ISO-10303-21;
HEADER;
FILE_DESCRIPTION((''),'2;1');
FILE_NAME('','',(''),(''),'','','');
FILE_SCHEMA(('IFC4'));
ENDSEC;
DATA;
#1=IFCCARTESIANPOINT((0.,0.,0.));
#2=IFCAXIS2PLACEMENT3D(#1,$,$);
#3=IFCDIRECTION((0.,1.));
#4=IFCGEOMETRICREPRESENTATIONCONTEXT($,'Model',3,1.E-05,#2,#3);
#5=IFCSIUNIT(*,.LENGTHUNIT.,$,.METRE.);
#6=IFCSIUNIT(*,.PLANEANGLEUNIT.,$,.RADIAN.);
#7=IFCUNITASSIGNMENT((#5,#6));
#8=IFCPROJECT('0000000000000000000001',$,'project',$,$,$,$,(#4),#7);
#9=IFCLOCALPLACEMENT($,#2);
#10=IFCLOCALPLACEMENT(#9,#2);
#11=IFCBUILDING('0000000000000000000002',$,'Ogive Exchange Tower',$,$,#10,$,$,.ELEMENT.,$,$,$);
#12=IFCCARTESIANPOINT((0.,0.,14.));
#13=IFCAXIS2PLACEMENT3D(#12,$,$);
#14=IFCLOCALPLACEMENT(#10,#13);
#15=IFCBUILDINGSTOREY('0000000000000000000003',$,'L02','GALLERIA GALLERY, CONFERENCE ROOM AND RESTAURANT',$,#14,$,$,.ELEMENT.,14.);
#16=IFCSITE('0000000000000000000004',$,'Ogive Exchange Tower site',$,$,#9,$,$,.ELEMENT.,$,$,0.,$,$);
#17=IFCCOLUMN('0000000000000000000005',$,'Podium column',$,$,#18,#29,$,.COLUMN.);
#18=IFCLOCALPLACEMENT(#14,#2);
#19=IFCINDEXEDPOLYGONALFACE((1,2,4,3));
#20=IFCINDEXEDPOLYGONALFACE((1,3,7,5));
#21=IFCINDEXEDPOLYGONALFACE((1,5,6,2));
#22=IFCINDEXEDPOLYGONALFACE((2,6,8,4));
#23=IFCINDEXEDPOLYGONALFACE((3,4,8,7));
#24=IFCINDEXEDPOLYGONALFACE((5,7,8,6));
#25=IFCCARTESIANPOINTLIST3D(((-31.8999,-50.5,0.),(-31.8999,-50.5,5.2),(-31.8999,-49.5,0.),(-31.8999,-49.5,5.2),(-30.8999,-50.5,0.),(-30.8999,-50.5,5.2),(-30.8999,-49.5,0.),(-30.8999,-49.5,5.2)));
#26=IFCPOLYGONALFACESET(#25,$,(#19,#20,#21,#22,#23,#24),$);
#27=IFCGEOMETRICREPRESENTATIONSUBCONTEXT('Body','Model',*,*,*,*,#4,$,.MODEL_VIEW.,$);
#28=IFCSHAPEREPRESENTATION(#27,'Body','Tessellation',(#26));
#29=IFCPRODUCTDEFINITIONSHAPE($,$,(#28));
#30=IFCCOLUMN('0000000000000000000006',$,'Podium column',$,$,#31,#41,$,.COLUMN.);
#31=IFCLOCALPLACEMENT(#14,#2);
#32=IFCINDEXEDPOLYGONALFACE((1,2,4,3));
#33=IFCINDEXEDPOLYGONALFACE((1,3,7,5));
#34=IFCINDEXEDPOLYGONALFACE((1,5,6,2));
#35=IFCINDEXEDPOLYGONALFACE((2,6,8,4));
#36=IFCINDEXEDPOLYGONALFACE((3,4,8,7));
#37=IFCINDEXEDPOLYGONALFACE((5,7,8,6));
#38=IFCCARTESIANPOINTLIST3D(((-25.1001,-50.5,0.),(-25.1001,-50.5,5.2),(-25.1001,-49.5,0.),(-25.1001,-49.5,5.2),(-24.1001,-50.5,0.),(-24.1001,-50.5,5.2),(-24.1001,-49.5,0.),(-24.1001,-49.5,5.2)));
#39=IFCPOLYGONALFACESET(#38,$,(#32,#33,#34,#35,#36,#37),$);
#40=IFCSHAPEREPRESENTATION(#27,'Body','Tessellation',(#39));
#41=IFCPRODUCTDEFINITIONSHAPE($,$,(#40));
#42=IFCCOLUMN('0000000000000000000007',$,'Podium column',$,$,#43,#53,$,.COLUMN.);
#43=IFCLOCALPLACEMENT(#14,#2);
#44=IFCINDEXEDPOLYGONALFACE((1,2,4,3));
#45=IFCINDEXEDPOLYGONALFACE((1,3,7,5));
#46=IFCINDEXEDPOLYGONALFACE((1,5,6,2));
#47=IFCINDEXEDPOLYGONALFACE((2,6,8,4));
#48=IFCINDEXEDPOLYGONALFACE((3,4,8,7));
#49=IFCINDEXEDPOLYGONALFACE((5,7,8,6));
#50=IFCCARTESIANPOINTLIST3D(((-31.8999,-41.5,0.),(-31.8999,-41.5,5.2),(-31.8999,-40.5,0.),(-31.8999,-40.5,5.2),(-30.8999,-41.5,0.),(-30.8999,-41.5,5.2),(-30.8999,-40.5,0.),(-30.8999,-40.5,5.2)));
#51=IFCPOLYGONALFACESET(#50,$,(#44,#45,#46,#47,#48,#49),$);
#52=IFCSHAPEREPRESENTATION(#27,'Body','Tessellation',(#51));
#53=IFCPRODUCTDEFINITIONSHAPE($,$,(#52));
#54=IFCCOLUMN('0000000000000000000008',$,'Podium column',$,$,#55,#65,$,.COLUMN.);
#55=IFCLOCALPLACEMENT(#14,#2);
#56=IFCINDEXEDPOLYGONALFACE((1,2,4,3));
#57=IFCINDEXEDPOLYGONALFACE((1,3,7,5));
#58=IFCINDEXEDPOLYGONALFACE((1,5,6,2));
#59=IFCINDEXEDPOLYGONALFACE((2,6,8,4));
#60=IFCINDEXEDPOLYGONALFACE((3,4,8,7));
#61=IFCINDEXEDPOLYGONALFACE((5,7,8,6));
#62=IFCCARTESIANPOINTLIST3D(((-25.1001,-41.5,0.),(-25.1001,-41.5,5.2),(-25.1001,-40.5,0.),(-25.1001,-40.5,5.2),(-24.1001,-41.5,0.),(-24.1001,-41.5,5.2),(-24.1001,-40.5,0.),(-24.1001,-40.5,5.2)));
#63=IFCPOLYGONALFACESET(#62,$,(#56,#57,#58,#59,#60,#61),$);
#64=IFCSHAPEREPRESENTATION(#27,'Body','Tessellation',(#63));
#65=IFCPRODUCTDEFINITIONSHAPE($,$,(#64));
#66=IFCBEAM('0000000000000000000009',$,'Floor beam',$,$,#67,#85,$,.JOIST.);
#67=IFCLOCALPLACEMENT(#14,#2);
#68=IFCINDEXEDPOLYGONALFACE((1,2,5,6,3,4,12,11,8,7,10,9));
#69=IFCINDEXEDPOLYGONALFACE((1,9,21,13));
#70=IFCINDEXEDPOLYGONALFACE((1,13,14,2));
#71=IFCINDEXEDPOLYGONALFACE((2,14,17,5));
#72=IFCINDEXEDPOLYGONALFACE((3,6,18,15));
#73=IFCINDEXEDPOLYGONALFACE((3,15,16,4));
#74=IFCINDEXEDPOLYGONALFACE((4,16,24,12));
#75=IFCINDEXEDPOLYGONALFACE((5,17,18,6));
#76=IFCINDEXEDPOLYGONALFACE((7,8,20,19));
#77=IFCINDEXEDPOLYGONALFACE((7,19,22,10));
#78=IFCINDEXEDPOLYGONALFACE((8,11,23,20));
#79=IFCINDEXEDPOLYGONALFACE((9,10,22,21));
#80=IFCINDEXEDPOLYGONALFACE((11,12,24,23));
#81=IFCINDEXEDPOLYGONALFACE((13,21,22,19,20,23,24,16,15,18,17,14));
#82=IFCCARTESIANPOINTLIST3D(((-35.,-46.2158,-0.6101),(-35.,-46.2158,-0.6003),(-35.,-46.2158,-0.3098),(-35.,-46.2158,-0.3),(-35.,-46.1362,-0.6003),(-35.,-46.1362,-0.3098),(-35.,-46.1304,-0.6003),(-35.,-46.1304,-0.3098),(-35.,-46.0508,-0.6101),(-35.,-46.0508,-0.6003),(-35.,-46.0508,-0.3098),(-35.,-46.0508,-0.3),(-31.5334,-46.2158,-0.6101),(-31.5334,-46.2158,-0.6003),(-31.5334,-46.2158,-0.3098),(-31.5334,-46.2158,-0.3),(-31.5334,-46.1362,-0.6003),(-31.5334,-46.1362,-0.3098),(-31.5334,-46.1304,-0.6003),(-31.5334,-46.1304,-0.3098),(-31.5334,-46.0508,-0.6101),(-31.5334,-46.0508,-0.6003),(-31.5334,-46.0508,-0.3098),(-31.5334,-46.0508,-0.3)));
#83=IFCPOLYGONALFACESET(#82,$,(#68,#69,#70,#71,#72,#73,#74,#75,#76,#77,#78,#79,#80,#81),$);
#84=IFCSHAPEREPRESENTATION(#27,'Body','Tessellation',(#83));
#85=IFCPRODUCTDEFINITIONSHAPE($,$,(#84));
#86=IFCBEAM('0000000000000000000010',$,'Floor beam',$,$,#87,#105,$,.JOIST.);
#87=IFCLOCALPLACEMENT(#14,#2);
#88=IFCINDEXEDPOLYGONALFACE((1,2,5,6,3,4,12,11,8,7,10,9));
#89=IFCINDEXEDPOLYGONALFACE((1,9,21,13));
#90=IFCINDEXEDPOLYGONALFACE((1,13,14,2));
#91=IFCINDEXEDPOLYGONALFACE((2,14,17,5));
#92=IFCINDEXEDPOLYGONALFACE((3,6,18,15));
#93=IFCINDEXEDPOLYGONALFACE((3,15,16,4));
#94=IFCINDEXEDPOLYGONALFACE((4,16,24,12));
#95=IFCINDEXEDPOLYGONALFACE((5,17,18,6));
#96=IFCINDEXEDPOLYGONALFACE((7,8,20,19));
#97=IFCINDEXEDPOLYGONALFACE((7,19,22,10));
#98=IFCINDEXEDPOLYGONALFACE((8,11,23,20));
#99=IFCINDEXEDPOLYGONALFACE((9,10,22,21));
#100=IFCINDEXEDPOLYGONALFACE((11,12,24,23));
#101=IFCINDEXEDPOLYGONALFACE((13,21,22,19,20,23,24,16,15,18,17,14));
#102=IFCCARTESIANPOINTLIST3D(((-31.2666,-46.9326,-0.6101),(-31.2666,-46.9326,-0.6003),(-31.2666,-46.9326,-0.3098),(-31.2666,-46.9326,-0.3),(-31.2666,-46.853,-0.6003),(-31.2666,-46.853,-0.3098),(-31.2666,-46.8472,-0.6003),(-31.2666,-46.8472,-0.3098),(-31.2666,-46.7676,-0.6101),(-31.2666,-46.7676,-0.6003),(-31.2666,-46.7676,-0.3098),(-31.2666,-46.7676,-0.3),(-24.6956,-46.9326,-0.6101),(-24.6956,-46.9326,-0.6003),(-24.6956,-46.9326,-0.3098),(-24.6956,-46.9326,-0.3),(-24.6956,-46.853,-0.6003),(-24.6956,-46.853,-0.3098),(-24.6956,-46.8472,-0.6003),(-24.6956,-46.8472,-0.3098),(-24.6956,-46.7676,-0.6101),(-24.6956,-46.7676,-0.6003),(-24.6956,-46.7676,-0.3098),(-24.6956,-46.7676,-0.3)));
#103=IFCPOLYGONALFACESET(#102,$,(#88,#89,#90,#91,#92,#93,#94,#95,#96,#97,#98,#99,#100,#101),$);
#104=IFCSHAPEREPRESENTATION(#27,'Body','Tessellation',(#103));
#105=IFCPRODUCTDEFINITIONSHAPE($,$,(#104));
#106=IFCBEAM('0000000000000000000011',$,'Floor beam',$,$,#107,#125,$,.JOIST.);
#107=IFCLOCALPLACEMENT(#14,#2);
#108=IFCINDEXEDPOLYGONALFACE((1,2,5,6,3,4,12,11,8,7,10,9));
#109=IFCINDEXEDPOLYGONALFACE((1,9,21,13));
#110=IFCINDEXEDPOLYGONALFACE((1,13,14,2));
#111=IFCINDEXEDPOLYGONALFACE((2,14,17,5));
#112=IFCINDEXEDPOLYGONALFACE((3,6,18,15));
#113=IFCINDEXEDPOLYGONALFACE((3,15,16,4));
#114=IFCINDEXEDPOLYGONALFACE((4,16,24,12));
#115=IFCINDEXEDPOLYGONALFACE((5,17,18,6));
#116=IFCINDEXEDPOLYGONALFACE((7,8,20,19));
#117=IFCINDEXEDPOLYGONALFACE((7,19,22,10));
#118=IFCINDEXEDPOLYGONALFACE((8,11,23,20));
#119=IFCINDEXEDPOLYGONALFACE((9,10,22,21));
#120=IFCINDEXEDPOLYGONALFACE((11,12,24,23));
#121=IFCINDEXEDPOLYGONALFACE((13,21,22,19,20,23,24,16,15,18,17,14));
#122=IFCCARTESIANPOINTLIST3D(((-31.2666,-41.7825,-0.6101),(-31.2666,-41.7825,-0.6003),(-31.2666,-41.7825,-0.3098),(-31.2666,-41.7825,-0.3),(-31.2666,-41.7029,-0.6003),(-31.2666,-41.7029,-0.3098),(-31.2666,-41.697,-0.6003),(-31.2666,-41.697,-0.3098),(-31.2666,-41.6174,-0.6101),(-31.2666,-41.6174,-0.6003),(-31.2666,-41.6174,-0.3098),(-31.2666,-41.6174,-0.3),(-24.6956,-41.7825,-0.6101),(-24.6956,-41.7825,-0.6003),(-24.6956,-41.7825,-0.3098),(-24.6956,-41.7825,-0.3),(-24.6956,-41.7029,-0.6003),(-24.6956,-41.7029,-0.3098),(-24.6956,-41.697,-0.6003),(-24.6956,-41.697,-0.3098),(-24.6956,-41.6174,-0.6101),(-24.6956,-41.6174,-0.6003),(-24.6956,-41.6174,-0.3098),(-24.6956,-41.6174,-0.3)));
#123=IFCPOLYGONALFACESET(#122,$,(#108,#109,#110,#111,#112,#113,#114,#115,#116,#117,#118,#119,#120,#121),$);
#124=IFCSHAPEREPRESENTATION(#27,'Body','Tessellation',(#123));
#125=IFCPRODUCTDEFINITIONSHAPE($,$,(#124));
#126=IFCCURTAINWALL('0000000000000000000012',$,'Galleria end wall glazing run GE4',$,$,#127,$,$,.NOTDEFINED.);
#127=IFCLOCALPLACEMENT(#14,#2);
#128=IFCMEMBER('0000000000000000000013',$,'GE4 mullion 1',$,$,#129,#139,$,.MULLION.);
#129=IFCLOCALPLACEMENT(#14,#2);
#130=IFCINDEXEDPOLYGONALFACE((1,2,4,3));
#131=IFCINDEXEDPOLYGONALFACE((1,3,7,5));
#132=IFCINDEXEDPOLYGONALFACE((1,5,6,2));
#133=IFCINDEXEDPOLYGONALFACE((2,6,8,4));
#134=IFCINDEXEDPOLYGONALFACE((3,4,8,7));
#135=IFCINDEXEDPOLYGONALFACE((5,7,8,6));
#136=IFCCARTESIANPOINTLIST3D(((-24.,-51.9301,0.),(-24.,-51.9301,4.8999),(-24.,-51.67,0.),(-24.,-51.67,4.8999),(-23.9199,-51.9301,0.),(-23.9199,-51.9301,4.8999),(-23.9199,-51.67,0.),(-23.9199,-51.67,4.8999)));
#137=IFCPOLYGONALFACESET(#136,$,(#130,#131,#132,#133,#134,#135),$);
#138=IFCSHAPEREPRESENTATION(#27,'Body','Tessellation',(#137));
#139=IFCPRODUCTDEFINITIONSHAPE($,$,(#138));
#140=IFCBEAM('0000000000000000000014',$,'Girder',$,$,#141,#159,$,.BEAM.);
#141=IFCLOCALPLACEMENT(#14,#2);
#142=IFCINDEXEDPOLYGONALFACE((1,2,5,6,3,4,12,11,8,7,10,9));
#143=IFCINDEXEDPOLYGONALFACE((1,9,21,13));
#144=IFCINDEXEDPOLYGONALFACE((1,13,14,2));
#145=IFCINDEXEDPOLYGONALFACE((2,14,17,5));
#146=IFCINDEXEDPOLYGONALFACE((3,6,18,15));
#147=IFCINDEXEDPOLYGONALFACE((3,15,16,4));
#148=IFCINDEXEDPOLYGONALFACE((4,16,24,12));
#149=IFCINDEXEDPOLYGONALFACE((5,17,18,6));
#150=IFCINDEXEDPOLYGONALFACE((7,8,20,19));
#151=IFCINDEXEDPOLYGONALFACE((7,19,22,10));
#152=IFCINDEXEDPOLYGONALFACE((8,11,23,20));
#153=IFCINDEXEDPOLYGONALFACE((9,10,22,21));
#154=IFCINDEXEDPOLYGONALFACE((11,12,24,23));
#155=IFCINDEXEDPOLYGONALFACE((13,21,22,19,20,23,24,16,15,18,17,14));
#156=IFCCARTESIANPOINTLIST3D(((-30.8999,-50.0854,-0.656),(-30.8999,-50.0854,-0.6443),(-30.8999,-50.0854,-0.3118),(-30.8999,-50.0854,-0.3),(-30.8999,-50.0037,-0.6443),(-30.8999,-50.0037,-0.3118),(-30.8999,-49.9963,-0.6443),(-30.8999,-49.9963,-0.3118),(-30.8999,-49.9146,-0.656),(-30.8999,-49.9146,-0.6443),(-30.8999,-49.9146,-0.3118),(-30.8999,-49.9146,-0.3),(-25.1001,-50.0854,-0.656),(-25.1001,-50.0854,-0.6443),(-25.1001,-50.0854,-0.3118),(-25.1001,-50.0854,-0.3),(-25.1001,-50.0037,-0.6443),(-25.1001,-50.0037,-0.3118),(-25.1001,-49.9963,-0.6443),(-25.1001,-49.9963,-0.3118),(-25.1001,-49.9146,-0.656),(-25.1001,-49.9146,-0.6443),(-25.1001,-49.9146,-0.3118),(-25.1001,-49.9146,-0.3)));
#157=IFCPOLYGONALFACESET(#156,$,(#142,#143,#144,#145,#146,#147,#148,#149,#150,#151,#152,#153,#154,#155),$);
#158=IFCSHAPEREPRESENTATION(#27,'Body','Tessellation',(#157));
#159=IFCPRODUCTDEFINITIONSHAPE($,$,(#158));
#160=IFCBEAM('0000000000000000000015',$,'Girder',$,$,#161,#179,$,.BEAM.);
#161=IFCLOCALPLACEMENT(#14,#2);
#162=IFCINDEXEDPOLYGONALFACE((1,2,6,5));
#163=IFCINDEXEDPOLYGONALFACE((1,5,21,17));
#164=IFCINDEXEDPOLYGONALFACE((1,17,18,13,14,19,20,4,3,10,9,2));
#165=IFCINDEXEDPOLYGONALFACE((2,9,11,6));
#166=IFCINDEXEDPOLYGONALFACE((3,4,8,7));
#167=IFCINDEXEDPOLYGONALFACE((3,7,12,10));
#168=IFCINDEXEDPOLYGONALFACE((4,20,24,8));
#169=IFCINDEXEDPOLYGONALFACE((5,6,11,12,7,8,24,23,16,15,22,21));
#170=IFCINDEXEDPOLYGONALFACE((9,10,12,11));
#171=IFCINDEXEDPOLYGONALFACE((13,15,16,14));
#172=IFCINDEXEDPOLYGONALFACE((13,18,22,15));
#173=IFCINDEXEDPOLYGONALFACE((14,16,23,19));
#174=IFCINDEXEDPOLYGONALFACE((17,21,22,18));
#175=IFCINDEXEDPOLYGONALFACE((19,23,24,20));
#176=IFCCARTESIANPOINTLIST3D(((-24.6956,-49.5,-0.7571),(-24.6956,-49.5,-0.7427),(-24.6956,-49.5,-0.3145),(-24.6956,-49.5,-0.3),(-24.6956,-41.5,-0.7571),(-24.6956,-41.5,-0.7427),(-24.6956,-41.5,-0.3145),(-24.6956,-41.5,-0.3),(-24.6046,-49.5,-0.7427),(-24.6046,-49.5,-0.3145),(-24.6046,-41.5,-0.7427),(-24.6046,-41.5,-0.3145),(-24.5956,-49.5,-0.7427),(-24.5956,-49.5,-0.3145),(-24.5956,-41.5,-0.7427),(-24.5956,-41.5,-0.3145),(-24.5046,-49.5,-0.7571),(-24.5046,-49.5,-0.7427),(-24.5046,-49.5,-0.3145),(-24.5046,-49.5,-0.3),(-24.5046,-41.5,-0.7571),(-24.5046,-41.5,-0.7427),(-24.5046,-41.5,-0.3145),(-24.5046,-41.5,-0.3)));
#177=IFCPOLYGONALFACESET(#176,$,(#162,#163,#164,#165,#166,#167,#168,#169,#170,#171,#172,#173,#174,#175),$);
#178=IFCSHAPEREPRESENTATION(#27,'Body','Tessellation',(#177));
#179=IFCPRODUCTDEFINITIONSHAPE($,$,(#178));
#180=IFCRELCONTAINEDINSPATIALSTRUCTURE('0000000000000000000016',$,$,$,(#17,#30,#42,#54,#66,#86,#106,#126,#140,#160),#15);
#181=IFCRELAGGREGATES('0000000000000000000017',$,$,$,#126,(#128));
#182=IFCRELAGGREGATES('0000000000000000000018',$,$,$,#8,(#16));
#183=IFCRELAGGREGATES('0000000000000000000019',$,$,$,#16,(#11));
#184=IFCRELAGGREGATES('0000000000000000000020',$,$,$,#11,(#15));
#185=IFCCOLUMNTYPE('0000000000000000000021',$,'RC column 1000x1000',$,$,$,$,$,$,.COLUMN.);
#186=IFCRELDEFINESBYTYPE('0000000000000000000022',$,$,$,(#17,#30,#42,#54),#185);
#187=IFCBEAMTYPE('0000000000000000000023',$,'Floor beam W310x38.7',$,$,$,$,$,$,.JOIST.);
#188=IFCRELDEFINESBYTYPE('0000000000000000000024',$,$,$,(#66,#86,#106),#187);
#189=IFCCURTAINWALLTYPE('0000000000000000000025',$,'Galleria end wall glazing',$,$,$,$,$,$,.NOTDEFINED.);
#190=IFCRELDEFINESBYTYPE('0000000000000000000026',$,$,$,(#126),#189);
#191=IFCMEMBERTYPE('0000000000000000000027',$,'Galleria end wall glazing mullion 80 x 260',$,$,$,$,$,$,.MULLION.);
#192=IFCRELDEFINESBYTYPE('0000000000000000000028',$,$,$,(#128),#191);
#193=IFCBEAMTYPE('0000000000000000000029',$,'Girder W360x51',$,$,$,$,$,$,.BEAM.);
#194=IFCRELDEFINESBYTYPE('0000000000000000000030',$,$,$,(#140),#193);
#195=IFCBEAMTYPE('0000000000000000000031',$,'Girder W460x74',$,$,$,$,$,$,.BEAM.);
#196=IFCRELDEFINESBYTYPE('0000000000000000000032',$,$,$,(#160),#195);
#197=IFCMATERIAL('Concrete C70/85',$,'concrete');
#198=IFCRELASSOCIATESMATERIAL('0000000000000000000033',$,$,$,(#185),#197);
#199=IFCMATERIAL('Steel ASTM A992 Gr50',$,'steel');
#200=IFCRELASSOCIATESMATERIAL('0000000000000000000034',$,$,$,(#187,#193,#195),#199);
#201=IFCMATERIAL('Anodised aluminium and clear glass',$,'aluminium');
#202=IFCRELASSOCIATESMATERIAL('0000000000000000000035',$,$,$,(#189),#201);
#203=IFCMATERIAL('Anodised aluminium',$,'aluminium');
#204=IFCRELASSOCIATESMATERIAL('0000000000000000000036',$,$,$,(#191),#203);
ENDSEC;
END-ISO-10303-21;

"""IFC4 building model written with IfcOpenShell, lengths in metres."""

from ifc_helpers import new_model, si_unit, direction, frame, origin, origin_2d, place, context, subcontext, project, spatial, rectangle, i_section, extrude, material, material_profile, profile_set, type_object, element, aggregate, save


model = new_model("IFC4")

# Units and contexts
model_context = context("Model", 3, precision=1e-05, world=origin(), true_north=direction((0.0, 1.0)))
body_context = subcontext(model_context, "Body", "Model", "MODEL_VIEW")
ifc_project = project(units=[si_unit("LENGTHUNIT", "METRE"), si_unit("PLANEANGLEUNIT", "RADIAN")], contexts=[model_context])

# Site, building, storey
site_placement = place(None, origin())
site = spatial("IfcSite", under=ifc_project, at=site_placement, Name="Ogive Exchange Tower site", CompositionType="ELEMENT", RefElevation=0.0)
building_placement = place(site_placement, origin())
building = spatial("IfcBuilding", under=site, at=building_placement, Name="Ogive Exchange Tower", CompositionType="ELEMENT")
storey_placement = place(building_placement, frame((0.0, 0.0, 14.0)))
storey = spatial("IfcBuildingStorey", under=building, at=storey_placement, Name="L02", Description="GALLERIA GALLERY, CONFERENCE ROOM AND RESTAURANT", CompositionType="ELEMENT", Elevation=14.0)

# Columns
ifc_material_1 = material(Name="Concrete C70/85", Category="concrete")
ifc_material_profile_1 = material_profile(ifc_material_1, rectangle(XDim=1.0, YDim=1.0, at=origin_2d()), Name="RC 1000x1000")
ifc_profile_set_1 = profile_set([ifc_material_profile_1], Name="Concrete C70/85")
column_type = type_object("IfcColumnType", Name="RC column 1000x1000", PredefinedType="COLUMN", material=ifc_profile_set_1)
for number, where, z_axis, x_axis, name in (
    (1, (-31.3999, -50.0, 0.0), (0.0, 0.0, 1.0), (1.0, 0.0, 0.0), "Podium column"),
    (2, (-24.6001, -50.0, 0.0), (0.0, 0.0, 1.0), (1.0, 0.0, 0.0), "Podium column"),
    (3, (-31.3999, -41.0, 0.0), (0.0, 0.0, 1.0), (1.0, 0.0, 0.0), "Podium column"),
    (4, (-24.6001, -41.0, 0.0), (0.0, 0.0, 1.0), (1.0, 0.0, 0.0), "Podium column"),
):
    element("IfcColumn", number, at=place(storey_placement, frame(where, z_axis=z_axis, x_axis=x_axis)), inside=storey, type_object=column_type, Name=name, PredefinedType="COLUMN", context=body_context, shape_type="SweptSolid", body=[
        extrude(rectangle(XDim=1.0, YDim=1.0, at=origin_2d()), origin(), (0.0, 0.0, 1.0), 5.2),
    ])

# Beams
ifc_material_2 = material(Name="Steel ASTM A992 Gr50", Category="steel")
ifc_material_profile_2 = material_profile(ifc_material_2, i_section(OverallWidth=0.165, OverallDepth=0.3101, WebThickness=0.0059, FlangeThickness=0.0098, at=origin_2d()), Name="W310x38.7")
ifc_profile_set_2 = profile_set([ifc_material_profile_2], Name="Steel ASTM A992 Gr50")
beam_type_1 = type_object("IfcBeamType", Name="Floor beam W310x38.7", PredefinedType="JOIST", material=ifc_profile_set_2)
beam_1_placement = place(storey_placement, frame((-35.0, -46.1333, -0.4551), z_axis=(1.0, 0.0, 0.0), x_axis=(0.0, 1.0, 0.0)))
element("IfcBeam", 5, at=beam_1_placement, inside=storey, type_object=beam_type_1, Name="Floor beam", PredefinedType="JOIST", context=body_context, shape_type="SweptSolid", body=[
    extrude(i_section(OverallWidth=0.165, OverallDepth=0.3101, WebThickness=0.0059, FlangeThickness=0.0098, at=origin_2d()), origin(), (0.0, 0.0, 1.0), 3.4666),
])
for number, where, z_axis, x_axis, name in (
    (6, (-31.2666, -46.8501, -0.4551), (1.0, 0.0, 0.0), (0.0, 1.0, 0.0), "Floor beam"),
    (7, (-31.2666, -41.7, -0.4551), (1.0, 0.0, 0.0), (0.0, 1.0, 0.0), "Floor beam"),
):
    element("IfcBeam", number, at=place(storey_placement, frame(where, z_axis=z_axis, x_axis=x_axis)), inside=storey, type_object=beam_type_1, Name=name, PredefinedType="JOIST", context=body_context, shape_type="SweptSolid", body=[
        extrude(i_section(OverallWidth=0.165, OverallDepth=0.3101, WebThickness=0.0059, FlangeThickness=0.0098, at=origin_2d()), origin(), (0.0, 0.0, 1.0), 6.571),
    ])

# Curtain wall, member
ifc_material_3 = material(Name="Anodised aluminium and clear glass", Category="aluminium")
curtain_wall_type = type_object("IfcCurtainWallType", Name="Galleria end wall glazing", PredefinedType="NOTDEFINED", material=ifc_material_3)
curtain_wall_placement = place(storey_placement, origin())
curtain_wall = element("IfcCurtainWall", 8, at=curtain_wall_placement, inside=storey, type_object=curtain_wall_type, Name="Galleria end wall glazing run GE4", PredefinedType="NOTDEFINED")
ifc_material_4 = material(Name="Anodised aluminium", Category="aluminium")
ifc_material_profile_3 = material_profile(ifc_material_4, rectangle(XDim=0.26, YDim=0.0801, at=origin_2d()), Name="AL 80x260")
ifc_profile_set_3 = profile_set([ifc_material_profile_3], Name="Anodised aluminium")
member_type = type_object("IfcMemberType", Name="Galleria end wall glazing mullion 80 x 260", PredefinedType="MULLION", material=ifc_profile_set_3)
member_placement = place(storey_placement, frame((-23.96, -51.8, 0.0), z_axis=(0.0, 0.0, 1.0), x_axis=(0.0, 1.0, 0.0)))
member = element("IfcMember", 9, at=member_placement, type_object=member_type, Name="GE4 mullion 1", PredefinedType="MULLION", context=body_context, shape_type="SweptSolid", body=[
    extrude(rectangle(XDim=0.26, YDim=0.0801, at=origin_2d()), origin(), (0.0, 0.0, 1.0), 4.8999),
])
aggregate(curtain_wall, [member])

# Beams
ifc_material_profile_4 = material_profile(ifc_material_2, i_section(OverallWidth=0.1709, OverallDepth=0.356, WebThickness=0.0073, FlangeThickness=0.0117, at=origin_2d()), Name="W360x51")
ifc_profile_set_4 = profile_set([ifc_material_profile_4], Name="Steel ASTM A992 Gr50")
beam_type_2 = type_object("IfcBeamType", Name="Girder W360x51", PredefinedType="BEAM", material=ifc_profile_set_4)
beam_2_placement = place(storey_placement, frame((-30.8999, -50.0, -0.478), z_axis=(1.0, 0.0, 0.0), x_axis=(0.0, 1.0, 0.0)))
element("IfcBeam", 10, at=beam_2_placement, inside=storey, type_object=beam_type_2, Name="Girder", PredefinedType="BEAM", context=body_context, shape_type="SweptSolid", body=[
    extrude(i_section(OverallWidth=0.1709, OverallDepth=0.356, WebThickness=0.0073, FlangeThickness=0.0117, at=origin_2d()), origin(), (0.0, 0.0, 1.0), 5.7998),
])
ifc_material_profile_5 = material_profile(ifc_material_2, i_section(OverallWidth=0.1909, OverallDepth=0.457, WebThickness=0.009, FlangeThickness=0.0144, at=origin_2d()), Name="W460x74")
ifc_profile_set_5 = profile_set([ifc_material_profile_5], Name="Steel ASTM A992 Gr50")
beam_type_3 = type_object("IfcBeamType", Name="Girder W460x74", PredefinedType="BEAM", material=ifc_profile_set_5)
beam_3_placement = place(storey_placement, frame((-24.6001, -49.5, -0.5286), z_axis=(0.0, 1.0, 0.0), x_axis=(-1.0, 0.0, 0.0)))
element("IfcBeam", 11, at=beam_3_placement, inside=storey, type_object=beam_type_3, Name="Girder", PredefinedType="BEAM", context=body_context, shape_type="SweptSolid", body=[
    extrude(i_section(OverallWidth=0.1909, OverallDepth=0.457, WebThickness=0.009, FlangeThickness=0.0144, at=origin_2d()), origin(), (0.0, 0.0, 1.0), 8.0),
])

save(model, "model.ifc")
